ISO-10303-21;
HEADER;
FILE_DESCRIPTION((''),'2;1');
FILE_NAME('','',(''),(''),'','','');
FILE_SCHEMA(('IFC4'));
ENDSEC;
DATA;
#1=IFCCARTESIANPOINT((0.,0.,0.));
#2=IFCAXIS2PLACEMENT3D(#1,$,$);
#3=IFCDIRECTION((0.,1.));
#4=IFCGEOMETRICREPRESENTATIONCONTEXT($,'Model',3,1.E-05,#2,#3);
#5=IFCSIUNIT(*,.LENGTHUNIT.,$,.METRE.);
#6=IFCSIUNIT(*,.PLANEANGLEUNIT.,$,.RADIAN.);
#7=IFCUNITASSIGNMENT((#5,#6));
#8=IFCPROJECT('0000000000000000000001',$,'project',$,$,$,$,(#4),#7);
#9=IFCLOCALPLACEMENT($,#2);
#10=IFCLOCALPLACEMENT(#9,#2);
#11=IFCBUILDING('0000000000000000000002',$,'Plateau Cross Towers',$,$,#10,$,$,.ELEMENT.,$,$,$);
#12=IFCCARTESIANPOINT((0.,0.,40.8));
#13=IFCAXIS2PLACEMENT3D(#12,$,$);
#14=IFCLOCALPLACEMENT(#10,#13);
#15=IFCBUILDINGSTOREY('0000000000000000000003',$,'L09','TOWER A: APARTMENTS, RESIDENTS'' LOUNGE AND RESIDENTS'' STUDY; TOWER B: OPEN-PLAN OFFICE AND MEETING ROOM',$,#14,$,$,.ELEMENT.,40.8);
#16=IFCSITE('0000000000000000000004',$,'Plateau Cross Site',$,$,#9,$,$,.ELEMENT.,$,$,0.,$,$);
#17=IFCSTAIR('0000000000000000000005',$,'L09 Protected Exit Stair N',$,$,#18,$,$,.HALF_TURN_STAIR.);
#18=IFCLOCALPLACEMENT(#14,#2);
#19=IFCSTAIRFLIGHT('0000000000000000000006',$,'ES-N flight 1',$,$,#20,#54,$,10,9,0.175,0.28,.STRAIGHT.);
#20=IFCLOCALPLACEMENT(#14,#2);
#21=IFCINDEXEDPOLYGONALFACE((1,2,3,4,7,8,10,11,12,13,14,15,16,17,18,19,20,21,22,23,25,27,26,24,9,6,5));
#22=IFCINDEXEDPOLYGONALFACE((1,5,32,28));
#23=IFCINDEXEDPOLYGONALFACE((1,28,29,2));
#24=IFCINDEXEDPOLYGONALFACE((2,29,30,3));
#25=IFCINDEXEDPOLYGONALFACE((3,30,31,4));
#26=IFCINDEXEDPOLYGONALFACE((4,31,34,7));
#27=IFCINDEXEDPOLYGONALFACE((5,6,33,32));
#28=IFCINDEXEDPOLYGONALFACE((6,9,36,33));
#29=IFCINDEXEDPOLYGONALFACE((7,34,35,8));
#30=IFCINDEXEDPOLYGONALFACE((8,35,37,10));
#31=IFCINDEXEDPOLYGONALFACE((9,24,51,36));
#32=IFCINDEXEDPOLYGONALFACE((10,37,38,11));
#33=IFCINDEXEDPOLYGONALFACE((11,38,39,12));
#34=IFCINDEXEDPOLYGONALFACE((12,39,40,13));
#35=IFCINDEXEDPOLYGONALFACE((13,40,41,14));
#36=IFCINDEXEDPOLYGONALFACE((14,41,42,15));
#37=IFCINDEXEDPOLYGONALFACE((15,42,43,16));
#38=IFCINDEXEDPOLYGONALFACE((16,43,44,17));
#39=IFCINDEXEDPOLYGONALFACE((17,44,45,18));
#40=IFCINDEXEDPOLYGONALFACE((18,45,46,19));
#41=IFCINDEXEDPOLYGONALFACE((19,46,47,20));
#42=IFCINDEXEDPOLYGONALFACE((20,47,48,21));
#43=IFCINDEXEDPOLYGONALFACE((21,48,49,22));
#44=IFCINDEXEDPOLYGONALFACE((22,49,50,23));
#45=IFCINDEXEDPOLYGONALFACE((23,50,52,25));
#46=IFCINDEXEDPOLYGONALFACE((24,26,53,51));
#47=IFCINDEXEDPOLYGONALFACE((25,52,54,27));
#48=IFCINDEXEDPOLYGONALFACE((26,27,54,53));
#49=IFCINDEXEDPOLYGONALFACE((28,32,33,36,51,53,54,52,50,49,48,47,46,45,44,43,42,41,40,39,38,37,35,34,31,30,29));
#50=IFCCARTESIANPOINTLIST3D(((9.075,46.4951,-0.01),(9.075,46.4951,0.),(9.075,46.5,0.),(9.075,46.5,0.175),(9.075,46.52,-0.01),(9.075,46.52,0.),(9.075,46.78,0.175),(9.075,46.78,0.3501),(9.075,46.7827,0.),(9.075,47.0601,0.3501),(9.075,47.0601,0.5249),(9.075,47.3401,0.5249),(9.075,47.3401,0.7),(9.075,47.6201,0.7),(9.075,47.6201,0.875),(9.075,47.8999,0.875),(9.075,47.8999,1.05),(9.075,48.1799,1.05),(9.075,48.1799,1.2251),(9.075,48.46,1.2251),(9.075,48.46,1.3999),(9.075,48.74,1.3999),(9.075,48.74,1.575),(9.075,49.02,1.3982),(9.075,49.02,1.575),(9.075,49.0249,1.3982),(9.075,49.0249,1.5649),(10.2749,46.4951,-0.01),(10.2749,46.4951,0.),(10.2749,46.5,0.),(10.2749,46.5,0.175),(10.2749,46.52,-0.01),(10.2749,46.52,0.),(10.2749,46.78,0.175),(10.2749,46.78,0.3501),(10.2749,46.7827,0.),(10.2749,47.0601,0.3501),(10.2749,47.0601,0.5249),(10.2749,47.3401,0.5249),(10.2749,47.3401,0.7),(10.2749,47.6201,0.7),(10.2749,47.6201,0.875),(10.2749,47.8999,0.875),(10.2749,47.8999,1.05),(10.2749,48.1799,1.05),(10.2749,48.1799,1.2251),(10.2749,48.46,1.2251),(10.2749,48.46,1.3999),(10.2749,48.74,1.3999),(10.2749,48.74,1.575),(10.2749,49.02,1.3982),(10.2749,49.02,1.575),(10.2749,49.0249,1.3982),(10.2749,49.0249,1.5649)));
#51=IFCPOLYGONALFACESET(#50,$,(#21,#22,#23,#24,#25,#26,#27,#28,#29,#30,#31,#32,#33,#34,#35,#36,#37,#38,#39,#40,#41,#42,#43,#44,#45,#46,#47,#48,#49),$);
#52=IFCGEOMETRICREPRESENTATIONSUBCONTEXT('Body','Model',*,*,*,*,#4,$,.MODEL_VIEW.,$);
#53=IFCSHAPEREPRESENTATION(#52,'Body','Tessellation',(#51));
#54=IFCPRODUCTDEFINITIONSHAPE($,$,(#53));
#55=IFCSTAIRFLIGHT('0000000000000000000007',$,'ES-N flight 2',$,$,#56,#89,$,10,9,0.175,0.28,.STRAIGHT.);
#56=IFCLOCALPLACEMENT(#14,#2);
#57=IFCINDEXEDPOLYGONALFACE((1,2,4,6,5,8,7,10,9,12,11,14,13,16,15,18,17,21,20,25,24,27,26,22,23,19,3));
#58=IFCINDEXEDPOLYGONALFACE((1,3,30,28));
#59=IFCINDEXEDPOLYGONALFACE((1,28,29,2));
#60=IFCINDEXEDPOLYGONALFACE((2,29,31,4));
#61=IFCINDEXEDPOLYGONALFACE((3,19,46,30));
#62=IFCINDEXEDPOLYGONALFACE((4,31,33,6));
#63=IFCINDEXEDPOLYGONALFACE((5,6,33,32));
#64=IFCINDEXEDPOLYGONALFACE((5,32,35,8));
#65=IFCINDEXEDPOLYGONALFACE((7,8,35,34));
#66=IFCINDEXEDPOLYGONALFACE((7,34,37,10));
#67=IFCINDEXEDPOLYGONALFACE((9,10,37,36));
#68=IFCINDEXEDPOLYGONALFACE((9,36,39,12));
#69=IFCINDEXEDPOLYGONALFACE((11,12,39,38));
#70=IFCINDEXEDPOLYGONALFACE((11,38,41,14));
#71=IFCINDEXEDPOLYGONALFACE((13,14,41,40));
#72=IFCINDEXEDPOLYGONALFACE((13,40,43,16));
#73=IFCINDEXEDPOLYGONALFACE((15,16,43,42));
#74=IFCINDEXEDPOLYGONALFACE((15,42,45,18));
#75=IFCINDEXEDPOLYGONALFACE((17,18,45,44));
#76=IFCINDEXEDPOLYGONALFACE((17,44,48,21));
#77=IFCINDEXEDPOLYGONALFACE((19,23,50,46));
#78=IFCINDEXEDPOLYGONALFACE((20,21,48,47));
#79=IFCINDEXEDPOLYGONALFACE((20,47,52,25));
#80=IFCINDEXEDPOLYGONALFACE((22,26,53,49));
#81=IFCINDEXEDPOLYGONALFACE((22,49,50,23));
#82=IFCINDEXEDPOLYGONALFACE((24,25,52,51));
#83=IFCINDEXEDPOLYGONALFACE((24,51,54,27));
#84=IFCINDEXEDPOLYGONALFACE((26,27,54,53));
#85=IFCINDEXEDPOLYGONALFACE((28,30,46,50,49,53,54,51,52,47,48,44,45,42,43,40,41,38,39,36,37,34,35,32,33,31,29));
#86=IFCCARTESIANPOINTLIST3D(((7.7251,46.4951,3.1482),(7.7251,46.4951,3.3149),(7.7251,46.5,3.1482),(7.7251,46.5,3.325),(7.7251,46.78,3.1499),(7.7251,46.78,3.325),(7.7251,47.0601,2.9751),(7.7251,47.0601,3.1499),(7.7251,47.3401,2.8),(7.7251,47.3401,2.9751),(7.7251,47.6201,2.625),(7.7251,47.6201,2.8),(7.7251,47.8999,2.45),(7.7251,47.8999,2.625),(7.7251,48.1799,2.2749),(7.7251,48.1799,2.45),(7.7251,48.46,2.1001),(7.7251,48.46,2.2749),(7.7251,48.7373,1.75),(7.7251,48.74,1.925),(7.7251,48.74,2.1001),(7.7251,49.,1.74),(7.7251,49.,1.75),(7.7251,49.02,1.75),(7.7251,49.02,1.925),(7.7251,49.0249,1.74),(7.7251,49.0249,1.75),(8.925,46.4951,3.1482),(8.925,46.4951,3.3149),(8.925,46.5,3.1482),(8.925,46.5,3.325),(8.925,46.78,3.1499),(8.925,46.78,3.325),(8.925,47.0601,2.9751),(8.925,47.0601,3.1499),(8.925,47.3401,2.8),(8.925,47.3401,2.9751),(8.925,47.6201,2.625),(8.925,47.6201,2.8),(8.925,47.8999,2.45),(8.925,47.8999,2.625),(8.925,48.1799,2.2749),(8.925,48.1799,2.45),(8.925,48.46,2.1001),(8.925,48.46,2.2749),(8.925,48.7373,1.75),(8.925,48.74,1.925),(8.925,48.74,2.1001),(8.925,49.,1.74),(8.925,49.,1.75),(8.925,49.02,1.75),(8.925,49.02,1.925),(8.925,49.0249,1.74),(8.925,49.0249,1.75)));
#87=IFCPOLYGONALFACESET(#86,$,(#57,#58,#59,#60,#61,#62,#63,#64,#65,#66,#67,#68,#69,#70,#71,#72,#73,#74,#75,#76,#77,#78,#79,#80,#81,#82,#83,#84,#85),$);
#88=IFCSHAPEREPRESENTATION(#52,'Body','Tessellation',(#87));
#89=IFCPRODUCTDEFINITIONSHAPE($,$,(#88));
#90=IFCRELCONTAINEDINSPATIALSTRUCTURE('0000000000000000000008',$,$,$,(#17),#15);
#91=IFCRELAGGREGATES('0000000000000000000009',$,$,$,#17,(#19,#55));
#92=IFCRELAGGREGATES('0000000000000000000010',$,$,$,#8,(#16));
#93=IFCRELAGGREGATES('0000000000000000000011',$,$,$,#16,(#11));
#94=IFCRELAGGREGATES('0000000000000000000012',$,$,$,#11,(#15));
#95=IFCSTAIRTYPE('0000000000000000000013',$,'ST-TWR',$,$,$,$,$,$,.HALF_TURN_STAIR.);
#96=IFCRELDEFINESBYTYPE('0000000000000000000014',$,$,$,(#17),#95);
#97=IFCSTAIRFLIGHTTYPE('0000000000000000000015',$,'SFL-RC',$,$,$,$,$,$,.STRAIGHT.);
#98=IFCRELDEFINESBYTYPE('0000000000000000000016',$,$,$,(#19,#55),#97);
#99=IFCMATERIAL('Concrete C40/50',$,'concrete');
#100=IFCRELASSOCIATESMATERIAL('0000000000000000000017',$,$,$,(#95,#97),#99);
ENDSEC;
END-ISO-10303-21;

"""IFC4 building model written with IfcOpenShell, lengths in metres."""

from ifc_helpers import new_model, si_unit, direction, frame, origin, place, context, subcontext, project, spatial, polyline, outline, extrude, material, type_object, element, aggregate, save


model = new_model("IFC4")

# Units and contexts
model_context = context("Model", 3, precision=1e-05, world=origin(), true_north=direction((0.0, 1.0)))
body_context = subcontext(model_context, "Body", "Model", "MODEL_VIEW")
ifc_project = project(units=[si_unit("LENGTHUNIT", "METRE"), si_unit("PLANEANGLEUNIT", "RADIAN")], contexts=[model_context])

# Site, building, storey
site_placement = place(None, origin())
site = spatial("IfcSite", under=ifc_project, at=site_placement, Name="Plateau Cross Site", CompositionType="ELEMENT", RefElevation=0.0)
building_placement = place(site_placement, origin())
building = spatial("IfcBuilding", under=site, at=building_placement, Name="Plateau Cross Towers", CompositionType="ELEMENT")
storey_placement = place(building_placement, frame((0.0, 0.0, 40.8)))
storey = spatial("IfcBuildingStorey", under=building, at=storey_placement, Name="L09", Description="TOWER A: APARTMENTS, RESIDENTS' LOUNGE AND RESIDENTS' STUDY; TOWER B: OPEN-PLAN OFFICE AND MEETING ROOM", CompositionType="ELEMENT", Elevation=40.8)

# Stair, stair flights
ifc_material_1 = material(Name="Concrete C40/50", Category="concrete")
stair_type = type_object("IfcStairType", Name="ST-TWR", PredefinedType="HALF_TURN_STAIR", material=ifc_material_1)
stair_placement = place(storey_placement, origin())
stair = element("IfcStair", 1, at=stair_placement, inside=storey, type_object=stair_type, Name="L09 Protected Exit Stair N", PredefinedType="HALF_TURN_STAIR")
stair_flight_type = type_object("IfcStairFlightType", Name="SFL-RC", PredefinedType="STRAIGHT", material=ifc_material_1)
stair_flight_1_placement = place(storey_placement, frame((9.675, 46.5, 0.0), z_axis=(0.0, 0.0, 1.0), x_axis=(0.0, 1.0, 0.0)))
stair_flight_1 = element("IfcStairFlight", 2, at=stair_flight_1_placement, type_object=stair_flight_type, Name="ES-N flight 1", NumberOfRisers=10, NumberOfTreads=9, PredefinedType="STRAIGHT", RiserHeight=0.175, TreadLength=0.28, context=body_context, shape_type="SweptSolid", body=[
    extrude(outline(polyline([(-0.0049, -0.01), (-0.0049, 0.0), (0.0, 0.0), (0.0, 0.175), (0.28, 0.175), (0.28, 0.3501), (0.5601, 0.3501), (0.5601, 0.5249), (0.8401, 0.5249), (0.8401, 0.7), (1.1201, 0.7), (1.1201, 0.875), (1.3999, 0.875), (1.3999, 1.05), (1.6799, 1.05), (1.6799, 1.2251), (1.96, 1.2251), (1.96, 1.3999), (2.24, 1.3999), (2.24, 1.575), (2.52, 1.575), (2.5249, 1.5649), (2.5249, 1.3982), (2.52, 1.3982), (0.2827, 0.0), (0.02, 0.0), (0.02, -0.01), (-0.0049, -0.01)])), frame((0.0, 0.6001, 0.0), z_axis=(0.0, -1.0, 0.0), x_axis=(1.0, 0.0, 0.0)), (0.0, 0.0, 1.0), 1.2),
])
stair_flight_2_placement = place(storey_placement, frame((8.325, 49.02, 1.75), z_axis=(0.0, 0.0, 1.0), x_axis=(0.0, -1.0, 0.0)))
stair_flight_2 = element("IfcStairFlight", 3, at=stair_flight_2_placement, type_object=stair_flight_type, Name="ES-N flight 2", NumberOfRisers=10, NumberOfTreads=9, PredefinedType="STRAIGHT", RiserHeight=0.175, TreadLength=0.28, context=body_context, shape_type="SweptSolid", body=[
    extrude(outline(polyline([(-0.0049, -0.01), (-0.0049, 0.0), (0.0, 0.0), (0.0, 0.175), (0.28, 0.175), (0.28, 0.3501), (0.5601, 0.3501), (0.5601, 0.5249), (0.8401, 0.5249), (0.8401, 0.7), (1.1201, 0.7), (1.1201, 0.875), (1.3999, 0.875), (1.3999, 1.05), (1.6799, 1.05), (1.6799, 1.2251), (1.96, 1.2251), (1.96, 1.3999), (2.24, 1.3999), (2.24, 1.575), (2.52, 1.575), (2.5249, 1.5649), (2.5249, 1.3982), (2.52, 1.3982), (0.2827, 0.0), (0.02, 0.0), (0.02, -0.01), (-0.0049, -0.01)])), frame((0.0, 0.6001, 0.0), z_axis=(0.0, -1.0, 0.0), x_axis=(1.0, 0.0, 0.0)), (0.0, 0.0, 1.0), 1.2),
])
aggregate(stair, [stair_flight_1, stair_flight_2])

save(model, "model.ifc")
